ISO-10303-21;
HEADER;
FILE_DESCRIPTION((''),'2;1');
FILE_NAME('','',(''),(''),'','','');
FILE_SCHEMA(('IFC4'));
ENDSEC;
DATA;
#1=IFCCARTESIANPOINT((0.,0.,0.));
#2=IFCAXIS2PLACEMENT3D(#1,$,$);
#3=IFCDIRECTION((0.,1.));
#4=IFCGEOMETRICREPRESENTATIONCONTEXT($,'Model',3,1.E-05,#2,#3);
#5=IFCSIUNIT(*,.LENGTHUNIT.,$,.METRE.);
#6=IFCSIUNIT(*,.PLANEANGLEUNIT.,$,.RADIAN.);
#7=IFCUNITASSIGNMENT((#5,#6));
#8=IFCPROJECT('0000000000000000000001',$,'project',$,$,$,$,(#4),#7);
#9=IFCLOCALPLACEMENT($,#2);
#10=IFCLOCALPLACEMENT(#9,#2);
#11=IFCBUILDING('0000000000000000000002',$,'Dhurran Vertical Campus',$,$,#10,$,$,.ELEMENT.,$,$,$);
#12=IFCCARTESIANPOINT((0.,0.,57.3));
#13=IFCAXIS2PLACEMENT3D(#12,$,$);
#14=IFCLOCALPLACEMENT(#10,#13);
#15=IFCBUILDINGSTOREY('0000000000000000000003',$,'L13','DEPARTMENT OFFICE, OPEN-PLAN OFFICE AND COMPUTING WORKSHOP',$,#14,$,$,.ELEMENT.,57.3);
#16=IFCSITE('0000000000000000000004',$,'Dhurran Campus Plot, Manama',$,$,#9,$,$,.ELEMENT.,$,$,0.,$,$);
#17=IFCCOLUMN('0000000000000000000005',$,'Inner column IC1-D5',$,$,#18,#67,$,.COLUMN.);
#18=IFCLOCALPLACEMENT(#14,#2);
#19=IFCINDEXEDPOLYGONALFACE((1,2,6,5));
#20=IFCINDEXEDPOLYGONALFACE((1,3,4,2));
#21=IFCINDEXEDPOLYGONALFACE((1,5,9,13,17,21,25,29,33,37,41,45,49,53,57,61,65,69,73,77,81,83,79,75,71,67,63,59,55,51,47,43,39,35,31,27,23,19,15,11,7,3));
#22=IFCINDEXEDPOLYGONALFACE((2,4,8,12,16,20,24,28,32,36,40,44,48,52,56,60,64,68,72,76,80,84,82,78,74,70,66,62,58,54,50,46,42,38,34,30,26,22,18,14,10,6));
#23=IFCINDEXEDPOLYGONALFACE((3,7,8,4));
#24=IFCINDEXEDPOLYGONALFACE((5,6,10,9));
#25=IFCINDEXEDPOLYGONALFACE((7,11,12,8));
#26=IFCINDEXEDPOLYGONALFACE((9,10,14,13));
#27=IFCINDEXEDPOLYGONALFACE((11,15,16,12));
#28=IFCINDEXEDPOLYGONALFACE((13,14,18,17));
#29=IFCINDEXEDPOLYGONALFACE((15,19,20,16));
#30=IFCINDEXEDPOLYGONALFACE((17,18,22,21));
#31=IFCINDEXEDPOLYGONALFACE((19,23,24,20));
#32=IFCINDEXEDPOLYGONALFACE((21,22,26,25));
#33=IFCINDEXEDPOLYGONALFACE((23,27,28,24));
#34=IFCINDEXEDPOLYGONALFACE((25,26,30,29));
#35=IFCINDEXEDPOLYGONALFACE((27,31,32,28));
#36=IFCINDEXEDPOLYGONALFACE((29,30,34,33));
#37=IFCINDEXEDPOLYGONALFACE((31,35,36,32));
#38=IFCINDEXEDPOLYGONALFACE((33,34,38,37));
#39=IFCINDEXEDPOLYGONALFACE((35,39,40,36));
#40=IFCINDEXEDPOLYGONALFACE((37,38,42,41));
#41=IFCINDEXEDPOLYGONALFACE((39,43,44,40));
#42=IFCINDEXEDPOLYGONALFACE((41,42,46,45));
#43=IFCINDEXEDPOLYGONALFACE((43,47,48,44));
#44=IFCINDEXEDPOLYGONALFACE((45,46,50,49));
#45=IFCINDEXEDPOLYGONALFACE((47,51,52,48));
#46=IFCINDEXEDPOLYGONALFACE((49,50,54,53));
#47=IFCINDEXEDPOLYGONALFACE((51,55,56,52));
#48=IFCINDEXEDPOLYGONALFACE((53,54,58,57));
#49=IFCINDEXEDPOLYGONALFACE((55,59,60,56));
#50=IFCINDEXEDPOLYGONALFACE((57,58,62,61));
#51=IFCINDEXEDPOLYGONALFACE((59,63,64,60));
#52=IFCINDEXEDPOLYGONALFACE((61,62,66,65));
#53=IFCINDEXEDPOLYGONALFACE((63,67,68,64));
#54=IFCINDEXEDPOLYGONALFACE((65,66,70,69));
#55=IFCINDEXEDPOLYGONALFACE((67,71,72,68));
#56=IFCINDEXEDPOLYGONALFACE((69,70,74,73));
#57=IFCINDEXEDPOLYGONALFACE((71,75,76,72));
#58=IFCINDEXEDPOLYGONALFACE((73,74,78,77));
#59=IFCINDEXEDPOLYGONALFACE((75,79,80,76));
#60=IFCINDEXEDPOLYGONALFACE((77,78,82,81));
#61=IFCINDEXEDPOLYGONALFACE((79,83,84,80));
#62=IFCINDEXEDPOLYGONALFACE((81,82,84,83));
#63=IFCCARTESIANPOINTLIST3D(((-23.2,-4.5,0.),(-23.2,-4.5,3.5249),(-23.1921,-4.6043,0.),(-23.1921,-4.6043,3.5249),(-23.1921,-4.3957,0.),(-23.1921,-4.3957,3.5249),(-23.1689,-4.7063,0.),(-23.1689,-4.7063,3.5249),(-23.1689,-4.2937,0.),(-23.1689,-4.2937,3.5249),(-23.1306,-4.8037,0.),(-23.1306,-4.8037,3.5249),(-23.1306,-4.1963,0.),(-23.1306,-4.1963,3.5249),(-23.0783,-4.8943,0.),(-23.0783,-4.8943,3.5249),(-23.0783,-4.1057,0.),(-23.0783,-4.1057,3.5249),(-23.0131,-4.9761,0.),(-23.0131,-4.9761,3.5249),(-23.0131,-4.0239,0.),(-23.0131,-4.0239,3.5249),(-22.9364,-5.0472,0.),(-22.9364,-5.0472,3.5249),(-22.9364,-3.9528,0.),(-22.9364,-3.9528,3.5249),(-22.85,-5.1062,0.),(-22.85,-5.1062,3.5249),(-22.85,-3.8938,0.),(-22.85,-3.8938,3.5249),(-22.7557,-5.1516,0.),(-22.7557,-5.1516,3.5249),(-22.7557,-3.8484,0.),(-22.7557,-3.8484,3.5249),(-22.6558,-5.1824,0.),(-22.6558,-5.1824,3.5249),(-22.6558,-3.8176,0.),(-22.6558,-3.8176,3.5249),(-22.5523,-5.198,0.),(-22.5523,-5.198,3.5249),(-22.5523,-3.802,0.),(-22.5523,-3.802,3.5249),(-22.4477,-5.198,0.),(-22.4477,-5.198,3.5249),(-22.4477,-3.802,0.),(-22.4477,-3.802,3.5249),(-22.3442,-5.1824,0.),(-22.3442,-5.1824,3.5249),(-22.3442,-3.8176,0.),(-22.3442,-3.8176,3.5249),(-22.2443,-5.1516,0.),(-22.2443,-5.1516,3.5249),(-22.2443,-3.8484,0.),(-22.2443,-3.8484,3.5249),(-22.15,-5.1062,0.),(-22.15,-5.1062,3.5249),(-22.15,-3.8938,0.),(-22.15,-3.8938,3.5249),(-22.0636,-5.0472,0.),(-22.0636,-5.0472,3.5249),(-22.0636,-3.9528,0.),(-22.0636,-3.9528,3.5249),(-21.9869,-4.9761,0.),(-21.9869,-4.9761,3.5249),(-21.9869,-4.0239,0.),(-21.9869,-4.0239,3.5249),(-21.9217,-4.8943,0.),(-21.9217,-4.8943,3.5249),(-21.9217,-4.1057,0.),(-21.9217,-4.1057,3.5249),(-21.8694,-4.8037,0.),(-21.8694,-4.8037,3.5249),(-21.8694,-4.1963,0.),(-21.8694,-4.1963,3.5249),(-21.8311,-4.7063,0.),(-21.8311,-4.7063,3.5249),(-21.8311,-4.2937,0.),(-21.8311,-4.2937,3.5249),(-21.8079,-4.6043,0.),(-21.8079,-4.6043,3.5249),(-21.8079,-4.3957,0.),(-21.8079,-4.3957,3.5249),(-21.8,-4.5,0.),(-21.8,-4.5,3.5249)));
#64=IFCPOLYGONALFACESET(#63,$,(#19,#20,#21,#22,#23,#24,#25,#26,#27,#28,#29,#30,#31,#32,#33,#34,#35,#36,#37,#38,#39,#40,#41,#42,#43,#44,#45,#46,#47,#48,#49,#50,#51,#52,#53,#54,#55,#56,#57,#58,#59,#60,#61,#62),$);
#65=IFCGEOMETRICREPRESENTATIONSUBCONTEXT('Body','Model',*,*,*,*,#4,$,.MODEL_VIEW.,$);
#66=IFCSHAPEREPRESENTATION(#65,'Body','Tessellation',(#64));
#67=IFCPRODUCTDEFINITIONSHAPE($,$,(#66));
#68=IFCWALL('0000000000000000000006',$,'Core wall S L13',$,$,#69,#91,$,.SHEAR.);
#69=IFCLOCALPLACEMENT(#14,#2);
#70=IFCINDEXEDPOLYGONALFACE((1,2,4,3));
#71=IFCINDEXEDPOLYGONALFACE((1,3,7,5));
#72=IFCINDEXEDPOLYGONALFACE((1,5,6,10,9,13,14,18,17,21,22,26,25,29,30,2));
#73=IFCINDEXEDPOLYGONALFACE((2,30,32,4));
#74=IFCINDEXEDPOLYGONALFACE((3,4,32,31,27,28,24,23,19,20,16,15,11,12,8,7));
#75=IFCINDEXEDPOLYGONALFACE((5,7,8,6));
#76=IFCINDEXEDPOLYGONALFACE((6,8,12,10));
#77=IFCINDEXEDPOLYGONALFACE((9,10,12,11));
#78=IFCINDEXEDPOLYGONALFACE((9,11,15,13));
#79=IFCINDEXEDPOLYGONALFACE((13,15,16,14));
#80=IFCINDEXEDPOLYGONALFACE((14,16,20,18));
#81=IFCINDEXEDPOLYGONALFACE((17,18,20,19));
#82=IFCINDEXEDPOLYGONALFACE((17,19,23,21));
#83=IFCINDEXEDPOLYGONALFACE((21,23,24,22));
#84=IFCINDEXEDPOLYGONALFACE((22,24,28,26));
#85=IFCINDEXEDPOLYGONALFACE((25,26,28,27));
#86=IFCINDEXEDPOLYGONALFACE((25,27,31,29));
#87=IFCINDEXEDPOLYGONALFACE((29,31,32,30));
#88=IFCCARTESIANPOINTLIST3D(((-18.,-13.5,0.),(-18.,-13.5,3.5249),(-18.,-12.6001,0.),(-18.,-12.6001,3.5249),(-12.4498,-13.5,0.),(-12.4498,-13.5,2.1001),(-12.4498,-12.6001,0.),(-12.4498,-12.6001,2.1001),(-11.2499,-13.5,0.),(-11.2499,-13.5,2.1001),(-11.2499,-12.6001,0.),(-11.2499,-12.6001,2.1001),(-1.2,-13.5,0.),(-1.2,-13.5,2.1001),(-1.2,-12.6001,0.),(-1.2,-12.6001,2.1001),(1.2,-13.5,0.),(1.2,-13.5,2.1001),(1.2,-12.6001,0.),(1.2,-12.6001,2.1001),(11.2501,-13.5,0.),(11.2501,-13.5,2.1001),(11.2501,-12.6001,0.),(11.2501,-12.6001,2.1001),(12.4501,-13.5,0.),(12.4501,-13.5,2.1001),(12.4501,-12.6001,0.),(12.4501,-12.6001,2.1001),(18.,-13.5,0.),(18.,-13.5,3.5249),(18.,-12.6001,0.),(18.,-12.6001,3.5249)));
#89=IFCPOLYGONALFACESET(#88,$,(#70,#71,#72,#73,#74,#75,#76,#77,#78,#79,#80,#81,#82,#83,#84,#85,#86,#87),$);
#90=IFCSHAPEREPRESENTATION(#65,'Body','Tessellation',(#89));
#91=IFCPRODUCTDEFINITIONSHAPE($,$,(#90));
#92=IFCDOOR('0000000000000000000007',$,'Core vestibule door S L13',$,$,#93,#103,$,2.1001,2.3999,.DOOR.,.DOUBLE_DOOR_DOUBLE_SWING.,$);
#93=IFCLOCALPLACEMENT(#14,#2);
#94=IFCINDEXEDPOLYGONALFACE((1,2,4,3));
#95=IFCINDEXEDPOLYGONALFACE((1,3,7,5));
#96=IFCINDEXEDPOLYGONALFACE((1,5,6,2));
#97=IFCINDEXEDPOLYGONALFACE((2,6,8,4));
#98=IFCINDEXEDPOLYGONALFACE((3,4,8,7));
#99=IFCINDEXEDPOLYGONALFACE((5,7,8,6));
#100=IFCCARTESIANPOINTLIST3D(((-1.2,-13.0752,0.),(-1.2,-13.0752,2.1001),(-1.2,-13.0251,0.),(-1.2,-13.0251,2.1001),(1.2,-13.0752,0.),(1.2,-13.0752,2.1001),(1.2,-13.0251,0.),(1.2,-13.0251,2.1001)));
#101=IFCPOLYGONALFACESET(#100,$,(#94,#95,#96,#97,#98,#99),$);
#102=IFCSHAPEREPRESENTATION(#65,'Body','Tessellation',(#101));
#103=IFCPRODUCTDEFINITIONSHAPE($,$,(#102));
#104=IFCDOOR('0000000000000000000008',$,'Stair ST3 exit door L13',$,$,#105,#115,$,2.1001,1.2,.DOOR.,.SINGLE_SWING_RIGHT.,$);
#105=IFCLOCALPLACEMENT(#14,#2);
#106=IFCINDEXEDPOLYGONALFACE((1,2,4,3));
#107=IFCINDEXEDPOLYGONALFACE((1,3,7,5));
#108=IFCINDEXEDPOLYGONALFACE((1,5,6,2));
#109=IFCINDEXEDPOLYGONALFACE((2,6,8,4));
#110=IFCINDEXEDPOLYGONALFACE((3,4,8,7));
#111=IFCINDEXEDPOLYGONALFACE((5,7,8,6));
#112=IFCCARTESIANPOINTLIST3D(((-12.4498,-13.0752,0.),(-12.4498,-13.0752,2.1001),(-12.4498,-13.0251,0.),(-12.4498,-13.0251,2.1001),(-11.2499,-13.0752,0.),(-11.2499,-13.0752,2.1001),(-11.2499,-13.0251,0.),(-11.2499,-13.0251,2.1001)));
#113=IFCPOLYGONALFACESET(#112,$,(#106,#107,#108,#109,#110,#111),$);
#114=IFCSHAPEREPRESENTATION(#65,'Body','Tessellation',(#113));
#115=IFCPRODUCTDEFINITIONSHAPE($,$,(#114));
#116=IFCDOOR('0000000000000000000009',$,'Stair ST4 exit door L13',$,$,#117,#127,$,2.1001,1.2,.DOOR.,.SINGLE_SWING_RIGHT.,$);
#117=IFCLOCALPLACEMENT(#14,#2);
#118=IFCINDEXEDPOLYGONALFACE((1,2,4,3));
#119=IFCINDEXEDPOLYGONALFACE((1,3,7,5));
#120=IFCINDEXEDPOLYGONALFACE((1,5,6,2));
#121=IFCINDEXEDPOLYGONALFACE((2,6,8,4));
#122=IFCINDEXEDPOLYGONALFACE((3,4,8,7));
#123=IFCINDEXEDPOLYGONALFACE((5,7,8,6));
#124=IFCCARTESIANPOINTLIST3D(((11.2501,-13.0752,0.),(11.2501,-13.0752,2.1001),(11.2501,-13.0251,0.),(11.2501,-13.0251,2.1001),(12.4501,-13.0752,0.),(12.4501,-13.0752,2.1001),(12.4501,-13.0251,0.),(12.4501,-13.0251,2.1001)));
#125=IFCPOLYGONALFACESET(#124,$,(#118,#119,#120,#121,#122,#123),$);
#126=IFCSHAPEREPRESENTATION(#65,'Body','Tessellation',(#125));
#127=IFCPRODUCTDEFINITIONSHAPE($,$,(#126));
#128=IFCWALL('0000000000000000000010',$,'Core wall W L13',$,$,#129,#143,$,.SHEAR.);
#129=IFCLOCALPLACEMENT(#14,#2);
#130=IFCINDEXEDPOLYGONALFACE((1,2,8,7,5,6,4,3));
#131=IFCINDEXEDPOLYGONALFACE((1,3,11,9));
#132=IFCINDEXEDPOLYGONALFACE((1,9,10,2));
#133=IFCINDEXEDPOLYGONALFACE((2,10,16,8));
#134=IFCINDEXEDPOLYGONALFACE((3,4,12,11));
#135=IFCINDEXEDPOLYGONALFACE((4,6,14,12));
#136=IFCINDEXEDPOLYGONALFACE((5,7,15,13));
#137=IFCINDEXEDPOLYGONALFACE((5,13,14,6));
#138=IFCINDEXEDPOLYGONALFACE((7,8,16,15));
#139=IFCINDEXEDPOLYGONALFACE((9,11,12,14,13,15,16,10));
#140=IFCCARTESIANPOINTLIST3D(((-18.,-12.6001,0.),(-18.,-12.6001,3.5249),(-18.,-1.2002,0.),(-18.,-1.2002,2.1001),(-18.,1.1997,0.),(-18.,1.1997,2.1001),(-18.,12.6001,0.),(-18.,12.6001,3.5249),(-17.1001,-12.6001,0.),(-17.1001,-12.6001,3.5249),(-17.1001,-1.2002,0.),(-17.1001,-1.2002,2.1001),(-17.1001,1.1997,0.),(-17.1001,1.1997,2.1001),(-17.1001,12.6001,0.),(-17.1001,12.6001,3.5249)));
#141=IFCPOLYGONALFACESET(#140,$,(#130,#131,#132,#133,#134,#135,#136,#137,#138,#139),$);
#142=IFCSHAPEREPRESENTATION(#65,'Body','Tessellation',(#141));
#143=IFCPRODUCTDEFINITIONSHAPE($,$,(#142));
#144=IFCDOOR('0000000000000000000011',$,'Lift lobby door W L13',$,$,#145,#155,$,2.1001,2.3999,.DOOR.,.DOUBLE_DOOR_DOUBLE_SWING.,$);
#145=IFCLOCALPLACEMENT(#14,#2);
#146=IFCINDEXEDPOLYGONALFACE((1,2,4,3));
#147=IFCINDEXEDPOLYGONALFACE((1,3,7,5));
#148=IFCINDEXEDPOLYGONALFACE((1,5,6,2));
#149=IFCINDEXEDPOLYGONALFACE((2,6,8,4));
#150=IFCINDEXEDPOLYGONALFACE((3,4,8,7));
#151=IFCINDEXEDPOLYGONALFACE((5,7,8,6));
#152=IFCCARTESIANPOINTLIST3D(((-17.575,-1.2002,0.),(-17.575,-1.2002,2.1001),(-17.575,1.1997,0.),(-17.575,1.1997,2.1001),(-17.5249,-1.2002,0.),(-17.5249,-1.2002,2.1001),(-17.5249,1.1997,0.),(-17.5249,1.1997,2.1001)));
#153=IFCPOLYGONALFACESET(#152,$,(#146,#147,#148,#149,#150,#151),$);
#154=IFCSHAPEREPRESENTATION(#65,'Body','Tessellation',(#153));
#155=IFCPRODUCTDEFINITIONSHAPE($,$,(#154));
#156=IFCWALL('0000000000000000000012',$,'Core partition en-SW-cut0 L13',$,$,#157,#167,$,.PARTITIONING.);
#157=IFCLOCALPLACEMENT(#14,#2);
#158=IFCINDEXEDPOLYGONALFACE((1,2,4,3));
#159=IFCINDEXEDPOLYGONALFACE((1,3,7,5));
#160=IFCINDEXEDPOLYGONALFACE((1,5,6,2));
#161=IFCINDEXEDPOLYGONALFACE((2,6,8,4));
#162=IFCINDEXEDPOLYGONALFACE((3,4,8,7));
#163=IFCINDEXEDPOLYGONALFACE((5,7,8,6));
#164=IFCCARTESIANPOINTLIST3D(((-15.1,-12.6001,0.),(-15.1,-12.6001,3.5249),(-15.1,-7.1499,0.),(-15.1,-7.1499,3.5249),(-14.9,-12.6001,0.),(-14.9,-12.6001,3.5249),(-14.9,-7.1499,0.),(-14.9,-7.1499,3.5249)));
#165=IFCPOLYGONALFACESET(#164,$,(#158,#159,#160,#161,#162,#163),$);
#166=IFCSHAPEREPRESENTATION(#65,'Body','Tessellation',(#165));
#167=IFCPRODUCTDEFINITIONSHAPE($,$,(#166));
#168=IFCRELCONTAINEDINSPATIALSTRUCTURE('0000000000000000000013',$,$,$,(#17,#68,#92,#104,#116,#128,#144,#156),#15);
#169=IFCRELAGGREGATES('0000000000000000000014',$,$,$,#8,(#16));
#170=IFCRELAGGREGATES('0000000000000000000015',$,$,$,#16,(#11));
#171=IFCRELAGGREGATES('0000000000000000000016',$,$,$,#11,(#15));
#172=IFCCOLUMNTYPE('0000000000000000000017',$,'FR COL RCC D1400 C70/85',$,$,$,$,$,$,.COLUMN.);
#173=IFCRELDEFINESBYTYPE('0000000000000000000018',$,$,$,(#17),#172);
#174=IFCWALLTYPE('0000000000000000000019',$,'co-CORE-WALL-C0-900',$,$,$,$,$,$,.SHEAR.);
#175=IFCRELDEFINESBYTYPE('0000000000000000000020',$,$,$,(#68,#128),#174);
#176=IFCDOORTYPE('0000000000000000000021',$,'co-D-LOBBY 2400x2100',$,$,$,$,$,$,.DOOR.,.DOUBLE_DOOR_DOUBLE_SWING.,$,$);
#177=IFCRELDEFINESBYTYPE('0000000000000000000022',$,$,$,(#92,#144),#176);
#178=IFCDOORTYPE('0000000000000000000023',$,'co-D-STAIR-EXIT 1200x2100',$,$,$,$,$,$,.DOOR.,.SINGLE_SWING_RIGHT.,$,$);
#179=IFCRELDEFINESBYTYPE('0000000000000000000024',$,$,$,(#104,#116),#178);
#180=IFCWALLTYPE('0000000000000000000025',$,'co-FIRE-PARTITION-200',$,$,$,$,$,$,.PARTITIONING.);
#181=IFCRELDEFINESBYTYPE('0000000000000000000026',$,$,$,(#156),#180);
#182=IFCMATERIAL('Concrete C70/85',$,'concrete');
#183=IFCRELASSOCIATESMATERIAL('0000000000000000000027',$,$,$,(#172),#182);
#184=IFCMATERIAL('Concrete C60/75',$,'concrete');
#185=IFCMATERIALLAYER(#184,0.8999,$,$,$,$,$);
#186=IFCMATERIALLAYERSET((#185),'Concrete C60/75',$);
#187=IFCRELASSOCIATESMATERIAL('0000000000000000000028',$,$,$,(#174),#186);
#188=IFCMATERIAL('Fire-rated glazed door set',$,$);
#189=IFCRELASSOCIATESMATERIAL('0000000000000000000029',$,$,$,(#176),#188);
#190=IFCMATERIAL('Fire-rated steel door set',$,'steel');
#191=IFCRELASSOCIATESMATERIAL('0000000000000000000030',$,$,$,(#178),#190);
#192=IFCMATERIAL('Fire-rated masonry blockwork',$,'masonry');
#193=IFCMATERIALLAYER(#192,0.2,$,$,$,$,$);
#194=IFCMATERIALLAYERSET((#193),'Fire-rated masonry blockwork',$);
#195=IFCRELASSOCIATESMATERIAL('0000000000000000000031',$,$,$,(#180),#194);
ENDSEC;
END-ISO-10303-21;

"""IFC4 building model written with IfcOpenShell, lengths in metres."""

from ifc_helpers import new_model, si_unit, direction, frame, frame_2d, origin, origin_2d, place, context, subcontext, project, spatial, rectangle, circle, extrude, material, layer, layer_set, material_profile, profile_set, type_object, element, fill, save


model = new_model("IFC4")

# Units and contexts
model_context = context("Model", 3, precision=1e-05, world=origin(), true_north=direction((0.0, 1.0)))
body_context = subcontext(model_context, "Body", "Model", "MODEL_VIEW")
ifc_project = project(units=[si_unit("LENGTHUNIT", "METRE"), si_unit("PLANEANGLEUNIT", "RADIAN")], contexts=[model_context])

# Site, building, storey
site_placement = place(None, origin())
site = spatial("IfcSite", under=ifc_project, at=site_placement, Name="Dhurran Campus Plot, Manama", CompositionType="ELEMENT", RefElevation=0.0)
building_placement = place(site_placement, origin())
building = spatial("IfcBuilding", under=site, at=building_placement, Name="Dhurran Vertical Campus", CompositionType="ELEMENT")
storey_placement = place(building_placement, frame((0.0, 0.0, 57.3)))
storey = spatial("IfcBuildingStorey", under=building, at=storey_placement, Name="L13", Description="DEPARTMENT OFFICE, OPEN-PLAN OFFICE AND COMPUTING WORKSHOP", CompositionType="ELEMENT", Elevation=57.3)

# Column
ifc_material_1 = material(Name="Concrete C70/85", Category="concrete")
ifc_material_profile = material_profile(ifc_material_1, circle(Radius=0.7, at=origin_2d()), Name="RCC D1400")
ifc_profile_set = profile_set([ifc_material_profile], Name="Concrete C70/85")
column_type = type_object("IfcColumnType", Name="FR COL RCC D1400 C70/85", PredefinedType="COLUMN", material=ifc_profile_set)
column_placement = place(storey_placement, frame((-22.5, -4.5, 0.0), z_axis=(0.0, 0.0, 1.0), x_axis=(1.0, 0.0, 0.0)))
element("IfcColumn", 1, at=column_placement, inside=storey, type_object=column_type, Name="Inner column IC1-D5", PredefinedType="COLUMN", context=body_context, shape_type="SweptSolid", body=[
    extrude(circle(Radius=0.7, at=origin_2d()), origin(), (0.0, 0.0, 1.0), 3.5249),
])

# Wall, openings, doors
ifc_material_2 = material(Name="Concrete C60/75", Category="concrete")
ifc_layer_1 = layer(ifc_material_2, 0.8999)
ifc_layer_set_1 = layer_set([ifc_layer_1], Name="Concrete C60/75")
wall_type_1 = type_object("IfcWallType", Name="co-CORE-WALL-C0-900", PredefinedType="SHEAR", material=ifc_layer_set_1)
wall_1_placement = place(storey_placement, frame((-18.0, -13.05, 0.0), z_axis=(0.0, 0.0, 1.0), x_axis=(1.0, 0.0, 0.0)))
wall_1 = element("IfcWall", 2, at=wall_1_placement, inside=storey, type_object=wall_type_1, Name="Core wall S L13", PredefinedType="SHEAR", context=body_context, shape_type="SweptSolid", body=[
    extrude(rectangle(XDim=36.0, YDim=0.8999, at=frame_2d((18.0, 0.0))), origin(), (0.0, 0.0, 1.0), 3.5249),
])
opening_1_placement = place(wall_1_placement, frame((16.8, 0.0, 0.0)))
opening_1 = element("IfcOpeningElement", 3, at=opening_1_placement, cuts=wall_1, PredefinedType="OPENING", context=body_context, shape_type="SweptSolid", body=[
    extrude(rectangle(XDim=2.3999, YDim=2.1001, at=frame_2d((1.2, 1.05))), frame((0.0, 0.46, 0.0), z_axis=(0.0, -1.0, 0.0), x_axis=(1.0, 0.0, 0.0)), (0.0, 0.0, 1.0), 0.9199),
])
opening_2_placement = place(wall_1_placement, frame((5.55, 0.0, 0.0)))
opening_2 = element("IfcOpeningElement", 4, at=opening_2_placement, cuts=wall_1, PredefinedType="OPENING", context=body_context, shape_type="SweptSolid", body=[
    extrude(rectangle(XDim=1.2, YDim=2.1001, at=frame_2d((0.6001, 1.05))), frame((0.0, 0.46, 0.0), z_axis=(0.0, -1.0, 0.0), x_axis=(1.0, 0.0, 0.0)), (0.0, 0.0, 1.0), 0.9199),
])
opening_3_placement = place(wall_1_placement, frame((29.25, 0.0, 0.0)))
opening_3 = element("IfcOpeningElement", 5, at=opening_3_placement, cuts=wall_1, PredefinedType="OPENING", context=body_context, shape_type="SweptSolid", body=[
    extrude(rectangle(XDim=1.2, YDim=2.1001, at=frame_2d((0.6001, 1.05))), frame((0.0, 0.46, 0.0), z_axis=(0.0, -1.0, 0.0), x_axis=(1.0, 0.0, 0.0)), (0.0, 0.0, 1.0), 0.9199),
])
ifc_material_3 = material(Name="Fire-rated glazed door set")
door_type_1 = type_object("IfcDoorType", Name="co-D-LOBBY 2400x2100", OperationType="DOUBLE_DOOR_DOUBLE_SWING", PredefinedType="DOOR", material=ifc_material_3)
door_1_placement = place(opening_1_placement, origin())
door_1 = element("IfcDoor", 6, at=door_1_placement, inside=storey, type_object=door_type_1, Name="Core vestibule door S L13", OperationType="DOUBLE_DOOR_DOUBLE_SWING", OverallHeight=2.1001, OverallWidth=2.3999, PredefinedType="DOOR", context=body_context, shape_type="SweptSolid", body=[
    extrude(rectangle(XDim=2.3999, YDim=2.1001, at=frame_2d((1.2, 1.05))), frame((0.0, 0.0249, 0.0), z_axis=(0.0, -1.0, 0.0), x_axis=(1.0, 0.0, 0.0)), (0.0, 0.0, 1.0), 0.05),
])
fill(opening_1, door_1)
ifc_material_4 = material(Name="Fire-rated steel door set", Category="steel")
door_type_2 = type_object("IfcDoorType", Name="co-D-STAIR-EXIT 1200x2100", OperationType="SINGLE_SWING_RIGHT", PredefinedType="DOOR", material=ifc_material_4)
door_2_placement = place(opening_2_placement, origin())
door_2 = element("IfcDoor", 7, at=door_2_placement, inside=storey, type_object=door_type_2, Name="Stair ST3 exit door L13", OperationType="SINGLE_SWING_RIGHT", OverallHeight=2.1001, OverallWidth=1.2, PredefinedType="DOOR", context=body_context, shape_type="SweptSolid", body=[
    extrude(rectangle(XDim=1.2, YDim=2.1001, at=frame_2d((0.6001, 1.05))), frame((0.0, 0.0249, 0.0), z_axis=(0.0, -1.0, 0.0), x_axis=(1.0, 0.0, 0.0)), (0.0, 0.0, 1.0), 0.05),
])
fill(opening_2, door_2)
door_3_placement = place(opening_3_placement, origin())
door_3 = element("IfcDoor", 8, at=door_3_placement, inside=storey, type_object=door_type_2, Name="Stair ST4 exit door L13", OperationType="SINGLE_SWING_RIGHT", OverallHeight=2.1001, OverallWidth=1.2, PredefinedType="DOOR", context=body_context, shape_type="SweptSolid", body=[
    extrude(rectangle(XDim=1.2, YDim=2.1001, at=frame_2d((0.6001, 1.05))), frame((0.0, 0.0249, 0.0), z_axis=(0.0, -1.0, 0.0), x_axis=(1.0, 0.0, 0.0)), (0.0, 0.0, 1.0), 0.05),
])
fill(opening_3, door_3)

# Wall, opening, door
wall_2_placement = place(storey_placement, frame((-17.55, -12.6001, 0.0), z_axis=(0.0, 0.0, 1.0), x_axis=(0.0, 1.0, 0.0)))
wall_2 = element("IfcWall", 9, at=wall_2_placement, inside=storey, type_object=wall_type_1, Name="Core wall W L13", PredefinedType="SHEAR", context=body_context, shape_type="SweptSolid", body=[
    extrude(rectangle(XDim=25.2002, YDim=0.8999, at=frame_2d((12.6001, 0.0))), origin(), (0.0, 0.0, 1.0), 3.5249),
])
opening_4_placement = place(wall_2_placement, frame((11.3999, 0.0, 0.0)))
opening_4 = element("IfcOpeningElement", 10, at=opening_4_placement, cuts=wall_2, PredefinedType="OPENING", context=body_context, shape_type="SweptSolid", body=[
    extrude(rectangle(XDim=2.3999, YDim=2.1001, at=frame_2d((1.2, 1.05))), frame((0.0, 0.46, 0.0), z_axis=(0.0, -1.0, 0.0), x_axis=(1.0, 0.0, 0.0)), (0.0, 0.0, 1.0), 0.9199),
])
door_4_placement = place(opening_4_placement, origin())
door_4 = element("IfcDoor", 11, at=door_4_placement, inside=storey, type_object=door_type_1, Name="Lift lobby door W L13", OperationType="DOUBLE_DOOR_DOUBLE_SWING", OverallHeight=2.1001, OverallWidth=2.3999, PredefinedType="DOOR", context=body_context, shape_type="SweptSolid", body=[
    extrude(rectangle(XDim=2.3999, YDim=2.1001, at=frame_2d((1.2, 1.05))), frame((0.0, 0.0249, 0.0), z_axis=(0.0, -1.0, 0.0), x_axis=(1.0, 0.0, 0.0)), (0.0, 0.0, 1.0), 0.05),
])
fill(opening_4, door_4)

# Wall
ifc_material_5 = material(Name="Fire-rated masonry blockwork", Category="masonry")
ifc_layer_2 = layer(ifc_material_5, 0.2)
ifc_layer_set_2 = layer_set([ifc_layer_2], Name="Fire-rated masonry blockwork")
wall_type_2 = type_object("IfcWallType", Name="co-FIRE-PARTITION-200", PredefinedType="PARTITIONING", material=ifc_layer_set_2)
wall_3_placement = place(storey_placement, frame((-15.0, -12.6001, 0.0), z_axis=(0.0, 0.0, 1.0), x_axis=(0.0, 1.0, 0.0)))
element("IfcWall", 12, at=wall_3_placement, inside=storey, type_object=wall_type_2, Name="Core partition en-SW-cut0 L13", PredefinedType="PARTITIONING", context=body_context, shape_type="SweptSolid", body=[
    extrude(rectangle(XDim=5.4502, YDim=0.2, at=frame_2d((2.7251, 0.0))), origin(), (0.0, 0.0, 1.0), 3.5249),
])

save(model, "model.ifc")
